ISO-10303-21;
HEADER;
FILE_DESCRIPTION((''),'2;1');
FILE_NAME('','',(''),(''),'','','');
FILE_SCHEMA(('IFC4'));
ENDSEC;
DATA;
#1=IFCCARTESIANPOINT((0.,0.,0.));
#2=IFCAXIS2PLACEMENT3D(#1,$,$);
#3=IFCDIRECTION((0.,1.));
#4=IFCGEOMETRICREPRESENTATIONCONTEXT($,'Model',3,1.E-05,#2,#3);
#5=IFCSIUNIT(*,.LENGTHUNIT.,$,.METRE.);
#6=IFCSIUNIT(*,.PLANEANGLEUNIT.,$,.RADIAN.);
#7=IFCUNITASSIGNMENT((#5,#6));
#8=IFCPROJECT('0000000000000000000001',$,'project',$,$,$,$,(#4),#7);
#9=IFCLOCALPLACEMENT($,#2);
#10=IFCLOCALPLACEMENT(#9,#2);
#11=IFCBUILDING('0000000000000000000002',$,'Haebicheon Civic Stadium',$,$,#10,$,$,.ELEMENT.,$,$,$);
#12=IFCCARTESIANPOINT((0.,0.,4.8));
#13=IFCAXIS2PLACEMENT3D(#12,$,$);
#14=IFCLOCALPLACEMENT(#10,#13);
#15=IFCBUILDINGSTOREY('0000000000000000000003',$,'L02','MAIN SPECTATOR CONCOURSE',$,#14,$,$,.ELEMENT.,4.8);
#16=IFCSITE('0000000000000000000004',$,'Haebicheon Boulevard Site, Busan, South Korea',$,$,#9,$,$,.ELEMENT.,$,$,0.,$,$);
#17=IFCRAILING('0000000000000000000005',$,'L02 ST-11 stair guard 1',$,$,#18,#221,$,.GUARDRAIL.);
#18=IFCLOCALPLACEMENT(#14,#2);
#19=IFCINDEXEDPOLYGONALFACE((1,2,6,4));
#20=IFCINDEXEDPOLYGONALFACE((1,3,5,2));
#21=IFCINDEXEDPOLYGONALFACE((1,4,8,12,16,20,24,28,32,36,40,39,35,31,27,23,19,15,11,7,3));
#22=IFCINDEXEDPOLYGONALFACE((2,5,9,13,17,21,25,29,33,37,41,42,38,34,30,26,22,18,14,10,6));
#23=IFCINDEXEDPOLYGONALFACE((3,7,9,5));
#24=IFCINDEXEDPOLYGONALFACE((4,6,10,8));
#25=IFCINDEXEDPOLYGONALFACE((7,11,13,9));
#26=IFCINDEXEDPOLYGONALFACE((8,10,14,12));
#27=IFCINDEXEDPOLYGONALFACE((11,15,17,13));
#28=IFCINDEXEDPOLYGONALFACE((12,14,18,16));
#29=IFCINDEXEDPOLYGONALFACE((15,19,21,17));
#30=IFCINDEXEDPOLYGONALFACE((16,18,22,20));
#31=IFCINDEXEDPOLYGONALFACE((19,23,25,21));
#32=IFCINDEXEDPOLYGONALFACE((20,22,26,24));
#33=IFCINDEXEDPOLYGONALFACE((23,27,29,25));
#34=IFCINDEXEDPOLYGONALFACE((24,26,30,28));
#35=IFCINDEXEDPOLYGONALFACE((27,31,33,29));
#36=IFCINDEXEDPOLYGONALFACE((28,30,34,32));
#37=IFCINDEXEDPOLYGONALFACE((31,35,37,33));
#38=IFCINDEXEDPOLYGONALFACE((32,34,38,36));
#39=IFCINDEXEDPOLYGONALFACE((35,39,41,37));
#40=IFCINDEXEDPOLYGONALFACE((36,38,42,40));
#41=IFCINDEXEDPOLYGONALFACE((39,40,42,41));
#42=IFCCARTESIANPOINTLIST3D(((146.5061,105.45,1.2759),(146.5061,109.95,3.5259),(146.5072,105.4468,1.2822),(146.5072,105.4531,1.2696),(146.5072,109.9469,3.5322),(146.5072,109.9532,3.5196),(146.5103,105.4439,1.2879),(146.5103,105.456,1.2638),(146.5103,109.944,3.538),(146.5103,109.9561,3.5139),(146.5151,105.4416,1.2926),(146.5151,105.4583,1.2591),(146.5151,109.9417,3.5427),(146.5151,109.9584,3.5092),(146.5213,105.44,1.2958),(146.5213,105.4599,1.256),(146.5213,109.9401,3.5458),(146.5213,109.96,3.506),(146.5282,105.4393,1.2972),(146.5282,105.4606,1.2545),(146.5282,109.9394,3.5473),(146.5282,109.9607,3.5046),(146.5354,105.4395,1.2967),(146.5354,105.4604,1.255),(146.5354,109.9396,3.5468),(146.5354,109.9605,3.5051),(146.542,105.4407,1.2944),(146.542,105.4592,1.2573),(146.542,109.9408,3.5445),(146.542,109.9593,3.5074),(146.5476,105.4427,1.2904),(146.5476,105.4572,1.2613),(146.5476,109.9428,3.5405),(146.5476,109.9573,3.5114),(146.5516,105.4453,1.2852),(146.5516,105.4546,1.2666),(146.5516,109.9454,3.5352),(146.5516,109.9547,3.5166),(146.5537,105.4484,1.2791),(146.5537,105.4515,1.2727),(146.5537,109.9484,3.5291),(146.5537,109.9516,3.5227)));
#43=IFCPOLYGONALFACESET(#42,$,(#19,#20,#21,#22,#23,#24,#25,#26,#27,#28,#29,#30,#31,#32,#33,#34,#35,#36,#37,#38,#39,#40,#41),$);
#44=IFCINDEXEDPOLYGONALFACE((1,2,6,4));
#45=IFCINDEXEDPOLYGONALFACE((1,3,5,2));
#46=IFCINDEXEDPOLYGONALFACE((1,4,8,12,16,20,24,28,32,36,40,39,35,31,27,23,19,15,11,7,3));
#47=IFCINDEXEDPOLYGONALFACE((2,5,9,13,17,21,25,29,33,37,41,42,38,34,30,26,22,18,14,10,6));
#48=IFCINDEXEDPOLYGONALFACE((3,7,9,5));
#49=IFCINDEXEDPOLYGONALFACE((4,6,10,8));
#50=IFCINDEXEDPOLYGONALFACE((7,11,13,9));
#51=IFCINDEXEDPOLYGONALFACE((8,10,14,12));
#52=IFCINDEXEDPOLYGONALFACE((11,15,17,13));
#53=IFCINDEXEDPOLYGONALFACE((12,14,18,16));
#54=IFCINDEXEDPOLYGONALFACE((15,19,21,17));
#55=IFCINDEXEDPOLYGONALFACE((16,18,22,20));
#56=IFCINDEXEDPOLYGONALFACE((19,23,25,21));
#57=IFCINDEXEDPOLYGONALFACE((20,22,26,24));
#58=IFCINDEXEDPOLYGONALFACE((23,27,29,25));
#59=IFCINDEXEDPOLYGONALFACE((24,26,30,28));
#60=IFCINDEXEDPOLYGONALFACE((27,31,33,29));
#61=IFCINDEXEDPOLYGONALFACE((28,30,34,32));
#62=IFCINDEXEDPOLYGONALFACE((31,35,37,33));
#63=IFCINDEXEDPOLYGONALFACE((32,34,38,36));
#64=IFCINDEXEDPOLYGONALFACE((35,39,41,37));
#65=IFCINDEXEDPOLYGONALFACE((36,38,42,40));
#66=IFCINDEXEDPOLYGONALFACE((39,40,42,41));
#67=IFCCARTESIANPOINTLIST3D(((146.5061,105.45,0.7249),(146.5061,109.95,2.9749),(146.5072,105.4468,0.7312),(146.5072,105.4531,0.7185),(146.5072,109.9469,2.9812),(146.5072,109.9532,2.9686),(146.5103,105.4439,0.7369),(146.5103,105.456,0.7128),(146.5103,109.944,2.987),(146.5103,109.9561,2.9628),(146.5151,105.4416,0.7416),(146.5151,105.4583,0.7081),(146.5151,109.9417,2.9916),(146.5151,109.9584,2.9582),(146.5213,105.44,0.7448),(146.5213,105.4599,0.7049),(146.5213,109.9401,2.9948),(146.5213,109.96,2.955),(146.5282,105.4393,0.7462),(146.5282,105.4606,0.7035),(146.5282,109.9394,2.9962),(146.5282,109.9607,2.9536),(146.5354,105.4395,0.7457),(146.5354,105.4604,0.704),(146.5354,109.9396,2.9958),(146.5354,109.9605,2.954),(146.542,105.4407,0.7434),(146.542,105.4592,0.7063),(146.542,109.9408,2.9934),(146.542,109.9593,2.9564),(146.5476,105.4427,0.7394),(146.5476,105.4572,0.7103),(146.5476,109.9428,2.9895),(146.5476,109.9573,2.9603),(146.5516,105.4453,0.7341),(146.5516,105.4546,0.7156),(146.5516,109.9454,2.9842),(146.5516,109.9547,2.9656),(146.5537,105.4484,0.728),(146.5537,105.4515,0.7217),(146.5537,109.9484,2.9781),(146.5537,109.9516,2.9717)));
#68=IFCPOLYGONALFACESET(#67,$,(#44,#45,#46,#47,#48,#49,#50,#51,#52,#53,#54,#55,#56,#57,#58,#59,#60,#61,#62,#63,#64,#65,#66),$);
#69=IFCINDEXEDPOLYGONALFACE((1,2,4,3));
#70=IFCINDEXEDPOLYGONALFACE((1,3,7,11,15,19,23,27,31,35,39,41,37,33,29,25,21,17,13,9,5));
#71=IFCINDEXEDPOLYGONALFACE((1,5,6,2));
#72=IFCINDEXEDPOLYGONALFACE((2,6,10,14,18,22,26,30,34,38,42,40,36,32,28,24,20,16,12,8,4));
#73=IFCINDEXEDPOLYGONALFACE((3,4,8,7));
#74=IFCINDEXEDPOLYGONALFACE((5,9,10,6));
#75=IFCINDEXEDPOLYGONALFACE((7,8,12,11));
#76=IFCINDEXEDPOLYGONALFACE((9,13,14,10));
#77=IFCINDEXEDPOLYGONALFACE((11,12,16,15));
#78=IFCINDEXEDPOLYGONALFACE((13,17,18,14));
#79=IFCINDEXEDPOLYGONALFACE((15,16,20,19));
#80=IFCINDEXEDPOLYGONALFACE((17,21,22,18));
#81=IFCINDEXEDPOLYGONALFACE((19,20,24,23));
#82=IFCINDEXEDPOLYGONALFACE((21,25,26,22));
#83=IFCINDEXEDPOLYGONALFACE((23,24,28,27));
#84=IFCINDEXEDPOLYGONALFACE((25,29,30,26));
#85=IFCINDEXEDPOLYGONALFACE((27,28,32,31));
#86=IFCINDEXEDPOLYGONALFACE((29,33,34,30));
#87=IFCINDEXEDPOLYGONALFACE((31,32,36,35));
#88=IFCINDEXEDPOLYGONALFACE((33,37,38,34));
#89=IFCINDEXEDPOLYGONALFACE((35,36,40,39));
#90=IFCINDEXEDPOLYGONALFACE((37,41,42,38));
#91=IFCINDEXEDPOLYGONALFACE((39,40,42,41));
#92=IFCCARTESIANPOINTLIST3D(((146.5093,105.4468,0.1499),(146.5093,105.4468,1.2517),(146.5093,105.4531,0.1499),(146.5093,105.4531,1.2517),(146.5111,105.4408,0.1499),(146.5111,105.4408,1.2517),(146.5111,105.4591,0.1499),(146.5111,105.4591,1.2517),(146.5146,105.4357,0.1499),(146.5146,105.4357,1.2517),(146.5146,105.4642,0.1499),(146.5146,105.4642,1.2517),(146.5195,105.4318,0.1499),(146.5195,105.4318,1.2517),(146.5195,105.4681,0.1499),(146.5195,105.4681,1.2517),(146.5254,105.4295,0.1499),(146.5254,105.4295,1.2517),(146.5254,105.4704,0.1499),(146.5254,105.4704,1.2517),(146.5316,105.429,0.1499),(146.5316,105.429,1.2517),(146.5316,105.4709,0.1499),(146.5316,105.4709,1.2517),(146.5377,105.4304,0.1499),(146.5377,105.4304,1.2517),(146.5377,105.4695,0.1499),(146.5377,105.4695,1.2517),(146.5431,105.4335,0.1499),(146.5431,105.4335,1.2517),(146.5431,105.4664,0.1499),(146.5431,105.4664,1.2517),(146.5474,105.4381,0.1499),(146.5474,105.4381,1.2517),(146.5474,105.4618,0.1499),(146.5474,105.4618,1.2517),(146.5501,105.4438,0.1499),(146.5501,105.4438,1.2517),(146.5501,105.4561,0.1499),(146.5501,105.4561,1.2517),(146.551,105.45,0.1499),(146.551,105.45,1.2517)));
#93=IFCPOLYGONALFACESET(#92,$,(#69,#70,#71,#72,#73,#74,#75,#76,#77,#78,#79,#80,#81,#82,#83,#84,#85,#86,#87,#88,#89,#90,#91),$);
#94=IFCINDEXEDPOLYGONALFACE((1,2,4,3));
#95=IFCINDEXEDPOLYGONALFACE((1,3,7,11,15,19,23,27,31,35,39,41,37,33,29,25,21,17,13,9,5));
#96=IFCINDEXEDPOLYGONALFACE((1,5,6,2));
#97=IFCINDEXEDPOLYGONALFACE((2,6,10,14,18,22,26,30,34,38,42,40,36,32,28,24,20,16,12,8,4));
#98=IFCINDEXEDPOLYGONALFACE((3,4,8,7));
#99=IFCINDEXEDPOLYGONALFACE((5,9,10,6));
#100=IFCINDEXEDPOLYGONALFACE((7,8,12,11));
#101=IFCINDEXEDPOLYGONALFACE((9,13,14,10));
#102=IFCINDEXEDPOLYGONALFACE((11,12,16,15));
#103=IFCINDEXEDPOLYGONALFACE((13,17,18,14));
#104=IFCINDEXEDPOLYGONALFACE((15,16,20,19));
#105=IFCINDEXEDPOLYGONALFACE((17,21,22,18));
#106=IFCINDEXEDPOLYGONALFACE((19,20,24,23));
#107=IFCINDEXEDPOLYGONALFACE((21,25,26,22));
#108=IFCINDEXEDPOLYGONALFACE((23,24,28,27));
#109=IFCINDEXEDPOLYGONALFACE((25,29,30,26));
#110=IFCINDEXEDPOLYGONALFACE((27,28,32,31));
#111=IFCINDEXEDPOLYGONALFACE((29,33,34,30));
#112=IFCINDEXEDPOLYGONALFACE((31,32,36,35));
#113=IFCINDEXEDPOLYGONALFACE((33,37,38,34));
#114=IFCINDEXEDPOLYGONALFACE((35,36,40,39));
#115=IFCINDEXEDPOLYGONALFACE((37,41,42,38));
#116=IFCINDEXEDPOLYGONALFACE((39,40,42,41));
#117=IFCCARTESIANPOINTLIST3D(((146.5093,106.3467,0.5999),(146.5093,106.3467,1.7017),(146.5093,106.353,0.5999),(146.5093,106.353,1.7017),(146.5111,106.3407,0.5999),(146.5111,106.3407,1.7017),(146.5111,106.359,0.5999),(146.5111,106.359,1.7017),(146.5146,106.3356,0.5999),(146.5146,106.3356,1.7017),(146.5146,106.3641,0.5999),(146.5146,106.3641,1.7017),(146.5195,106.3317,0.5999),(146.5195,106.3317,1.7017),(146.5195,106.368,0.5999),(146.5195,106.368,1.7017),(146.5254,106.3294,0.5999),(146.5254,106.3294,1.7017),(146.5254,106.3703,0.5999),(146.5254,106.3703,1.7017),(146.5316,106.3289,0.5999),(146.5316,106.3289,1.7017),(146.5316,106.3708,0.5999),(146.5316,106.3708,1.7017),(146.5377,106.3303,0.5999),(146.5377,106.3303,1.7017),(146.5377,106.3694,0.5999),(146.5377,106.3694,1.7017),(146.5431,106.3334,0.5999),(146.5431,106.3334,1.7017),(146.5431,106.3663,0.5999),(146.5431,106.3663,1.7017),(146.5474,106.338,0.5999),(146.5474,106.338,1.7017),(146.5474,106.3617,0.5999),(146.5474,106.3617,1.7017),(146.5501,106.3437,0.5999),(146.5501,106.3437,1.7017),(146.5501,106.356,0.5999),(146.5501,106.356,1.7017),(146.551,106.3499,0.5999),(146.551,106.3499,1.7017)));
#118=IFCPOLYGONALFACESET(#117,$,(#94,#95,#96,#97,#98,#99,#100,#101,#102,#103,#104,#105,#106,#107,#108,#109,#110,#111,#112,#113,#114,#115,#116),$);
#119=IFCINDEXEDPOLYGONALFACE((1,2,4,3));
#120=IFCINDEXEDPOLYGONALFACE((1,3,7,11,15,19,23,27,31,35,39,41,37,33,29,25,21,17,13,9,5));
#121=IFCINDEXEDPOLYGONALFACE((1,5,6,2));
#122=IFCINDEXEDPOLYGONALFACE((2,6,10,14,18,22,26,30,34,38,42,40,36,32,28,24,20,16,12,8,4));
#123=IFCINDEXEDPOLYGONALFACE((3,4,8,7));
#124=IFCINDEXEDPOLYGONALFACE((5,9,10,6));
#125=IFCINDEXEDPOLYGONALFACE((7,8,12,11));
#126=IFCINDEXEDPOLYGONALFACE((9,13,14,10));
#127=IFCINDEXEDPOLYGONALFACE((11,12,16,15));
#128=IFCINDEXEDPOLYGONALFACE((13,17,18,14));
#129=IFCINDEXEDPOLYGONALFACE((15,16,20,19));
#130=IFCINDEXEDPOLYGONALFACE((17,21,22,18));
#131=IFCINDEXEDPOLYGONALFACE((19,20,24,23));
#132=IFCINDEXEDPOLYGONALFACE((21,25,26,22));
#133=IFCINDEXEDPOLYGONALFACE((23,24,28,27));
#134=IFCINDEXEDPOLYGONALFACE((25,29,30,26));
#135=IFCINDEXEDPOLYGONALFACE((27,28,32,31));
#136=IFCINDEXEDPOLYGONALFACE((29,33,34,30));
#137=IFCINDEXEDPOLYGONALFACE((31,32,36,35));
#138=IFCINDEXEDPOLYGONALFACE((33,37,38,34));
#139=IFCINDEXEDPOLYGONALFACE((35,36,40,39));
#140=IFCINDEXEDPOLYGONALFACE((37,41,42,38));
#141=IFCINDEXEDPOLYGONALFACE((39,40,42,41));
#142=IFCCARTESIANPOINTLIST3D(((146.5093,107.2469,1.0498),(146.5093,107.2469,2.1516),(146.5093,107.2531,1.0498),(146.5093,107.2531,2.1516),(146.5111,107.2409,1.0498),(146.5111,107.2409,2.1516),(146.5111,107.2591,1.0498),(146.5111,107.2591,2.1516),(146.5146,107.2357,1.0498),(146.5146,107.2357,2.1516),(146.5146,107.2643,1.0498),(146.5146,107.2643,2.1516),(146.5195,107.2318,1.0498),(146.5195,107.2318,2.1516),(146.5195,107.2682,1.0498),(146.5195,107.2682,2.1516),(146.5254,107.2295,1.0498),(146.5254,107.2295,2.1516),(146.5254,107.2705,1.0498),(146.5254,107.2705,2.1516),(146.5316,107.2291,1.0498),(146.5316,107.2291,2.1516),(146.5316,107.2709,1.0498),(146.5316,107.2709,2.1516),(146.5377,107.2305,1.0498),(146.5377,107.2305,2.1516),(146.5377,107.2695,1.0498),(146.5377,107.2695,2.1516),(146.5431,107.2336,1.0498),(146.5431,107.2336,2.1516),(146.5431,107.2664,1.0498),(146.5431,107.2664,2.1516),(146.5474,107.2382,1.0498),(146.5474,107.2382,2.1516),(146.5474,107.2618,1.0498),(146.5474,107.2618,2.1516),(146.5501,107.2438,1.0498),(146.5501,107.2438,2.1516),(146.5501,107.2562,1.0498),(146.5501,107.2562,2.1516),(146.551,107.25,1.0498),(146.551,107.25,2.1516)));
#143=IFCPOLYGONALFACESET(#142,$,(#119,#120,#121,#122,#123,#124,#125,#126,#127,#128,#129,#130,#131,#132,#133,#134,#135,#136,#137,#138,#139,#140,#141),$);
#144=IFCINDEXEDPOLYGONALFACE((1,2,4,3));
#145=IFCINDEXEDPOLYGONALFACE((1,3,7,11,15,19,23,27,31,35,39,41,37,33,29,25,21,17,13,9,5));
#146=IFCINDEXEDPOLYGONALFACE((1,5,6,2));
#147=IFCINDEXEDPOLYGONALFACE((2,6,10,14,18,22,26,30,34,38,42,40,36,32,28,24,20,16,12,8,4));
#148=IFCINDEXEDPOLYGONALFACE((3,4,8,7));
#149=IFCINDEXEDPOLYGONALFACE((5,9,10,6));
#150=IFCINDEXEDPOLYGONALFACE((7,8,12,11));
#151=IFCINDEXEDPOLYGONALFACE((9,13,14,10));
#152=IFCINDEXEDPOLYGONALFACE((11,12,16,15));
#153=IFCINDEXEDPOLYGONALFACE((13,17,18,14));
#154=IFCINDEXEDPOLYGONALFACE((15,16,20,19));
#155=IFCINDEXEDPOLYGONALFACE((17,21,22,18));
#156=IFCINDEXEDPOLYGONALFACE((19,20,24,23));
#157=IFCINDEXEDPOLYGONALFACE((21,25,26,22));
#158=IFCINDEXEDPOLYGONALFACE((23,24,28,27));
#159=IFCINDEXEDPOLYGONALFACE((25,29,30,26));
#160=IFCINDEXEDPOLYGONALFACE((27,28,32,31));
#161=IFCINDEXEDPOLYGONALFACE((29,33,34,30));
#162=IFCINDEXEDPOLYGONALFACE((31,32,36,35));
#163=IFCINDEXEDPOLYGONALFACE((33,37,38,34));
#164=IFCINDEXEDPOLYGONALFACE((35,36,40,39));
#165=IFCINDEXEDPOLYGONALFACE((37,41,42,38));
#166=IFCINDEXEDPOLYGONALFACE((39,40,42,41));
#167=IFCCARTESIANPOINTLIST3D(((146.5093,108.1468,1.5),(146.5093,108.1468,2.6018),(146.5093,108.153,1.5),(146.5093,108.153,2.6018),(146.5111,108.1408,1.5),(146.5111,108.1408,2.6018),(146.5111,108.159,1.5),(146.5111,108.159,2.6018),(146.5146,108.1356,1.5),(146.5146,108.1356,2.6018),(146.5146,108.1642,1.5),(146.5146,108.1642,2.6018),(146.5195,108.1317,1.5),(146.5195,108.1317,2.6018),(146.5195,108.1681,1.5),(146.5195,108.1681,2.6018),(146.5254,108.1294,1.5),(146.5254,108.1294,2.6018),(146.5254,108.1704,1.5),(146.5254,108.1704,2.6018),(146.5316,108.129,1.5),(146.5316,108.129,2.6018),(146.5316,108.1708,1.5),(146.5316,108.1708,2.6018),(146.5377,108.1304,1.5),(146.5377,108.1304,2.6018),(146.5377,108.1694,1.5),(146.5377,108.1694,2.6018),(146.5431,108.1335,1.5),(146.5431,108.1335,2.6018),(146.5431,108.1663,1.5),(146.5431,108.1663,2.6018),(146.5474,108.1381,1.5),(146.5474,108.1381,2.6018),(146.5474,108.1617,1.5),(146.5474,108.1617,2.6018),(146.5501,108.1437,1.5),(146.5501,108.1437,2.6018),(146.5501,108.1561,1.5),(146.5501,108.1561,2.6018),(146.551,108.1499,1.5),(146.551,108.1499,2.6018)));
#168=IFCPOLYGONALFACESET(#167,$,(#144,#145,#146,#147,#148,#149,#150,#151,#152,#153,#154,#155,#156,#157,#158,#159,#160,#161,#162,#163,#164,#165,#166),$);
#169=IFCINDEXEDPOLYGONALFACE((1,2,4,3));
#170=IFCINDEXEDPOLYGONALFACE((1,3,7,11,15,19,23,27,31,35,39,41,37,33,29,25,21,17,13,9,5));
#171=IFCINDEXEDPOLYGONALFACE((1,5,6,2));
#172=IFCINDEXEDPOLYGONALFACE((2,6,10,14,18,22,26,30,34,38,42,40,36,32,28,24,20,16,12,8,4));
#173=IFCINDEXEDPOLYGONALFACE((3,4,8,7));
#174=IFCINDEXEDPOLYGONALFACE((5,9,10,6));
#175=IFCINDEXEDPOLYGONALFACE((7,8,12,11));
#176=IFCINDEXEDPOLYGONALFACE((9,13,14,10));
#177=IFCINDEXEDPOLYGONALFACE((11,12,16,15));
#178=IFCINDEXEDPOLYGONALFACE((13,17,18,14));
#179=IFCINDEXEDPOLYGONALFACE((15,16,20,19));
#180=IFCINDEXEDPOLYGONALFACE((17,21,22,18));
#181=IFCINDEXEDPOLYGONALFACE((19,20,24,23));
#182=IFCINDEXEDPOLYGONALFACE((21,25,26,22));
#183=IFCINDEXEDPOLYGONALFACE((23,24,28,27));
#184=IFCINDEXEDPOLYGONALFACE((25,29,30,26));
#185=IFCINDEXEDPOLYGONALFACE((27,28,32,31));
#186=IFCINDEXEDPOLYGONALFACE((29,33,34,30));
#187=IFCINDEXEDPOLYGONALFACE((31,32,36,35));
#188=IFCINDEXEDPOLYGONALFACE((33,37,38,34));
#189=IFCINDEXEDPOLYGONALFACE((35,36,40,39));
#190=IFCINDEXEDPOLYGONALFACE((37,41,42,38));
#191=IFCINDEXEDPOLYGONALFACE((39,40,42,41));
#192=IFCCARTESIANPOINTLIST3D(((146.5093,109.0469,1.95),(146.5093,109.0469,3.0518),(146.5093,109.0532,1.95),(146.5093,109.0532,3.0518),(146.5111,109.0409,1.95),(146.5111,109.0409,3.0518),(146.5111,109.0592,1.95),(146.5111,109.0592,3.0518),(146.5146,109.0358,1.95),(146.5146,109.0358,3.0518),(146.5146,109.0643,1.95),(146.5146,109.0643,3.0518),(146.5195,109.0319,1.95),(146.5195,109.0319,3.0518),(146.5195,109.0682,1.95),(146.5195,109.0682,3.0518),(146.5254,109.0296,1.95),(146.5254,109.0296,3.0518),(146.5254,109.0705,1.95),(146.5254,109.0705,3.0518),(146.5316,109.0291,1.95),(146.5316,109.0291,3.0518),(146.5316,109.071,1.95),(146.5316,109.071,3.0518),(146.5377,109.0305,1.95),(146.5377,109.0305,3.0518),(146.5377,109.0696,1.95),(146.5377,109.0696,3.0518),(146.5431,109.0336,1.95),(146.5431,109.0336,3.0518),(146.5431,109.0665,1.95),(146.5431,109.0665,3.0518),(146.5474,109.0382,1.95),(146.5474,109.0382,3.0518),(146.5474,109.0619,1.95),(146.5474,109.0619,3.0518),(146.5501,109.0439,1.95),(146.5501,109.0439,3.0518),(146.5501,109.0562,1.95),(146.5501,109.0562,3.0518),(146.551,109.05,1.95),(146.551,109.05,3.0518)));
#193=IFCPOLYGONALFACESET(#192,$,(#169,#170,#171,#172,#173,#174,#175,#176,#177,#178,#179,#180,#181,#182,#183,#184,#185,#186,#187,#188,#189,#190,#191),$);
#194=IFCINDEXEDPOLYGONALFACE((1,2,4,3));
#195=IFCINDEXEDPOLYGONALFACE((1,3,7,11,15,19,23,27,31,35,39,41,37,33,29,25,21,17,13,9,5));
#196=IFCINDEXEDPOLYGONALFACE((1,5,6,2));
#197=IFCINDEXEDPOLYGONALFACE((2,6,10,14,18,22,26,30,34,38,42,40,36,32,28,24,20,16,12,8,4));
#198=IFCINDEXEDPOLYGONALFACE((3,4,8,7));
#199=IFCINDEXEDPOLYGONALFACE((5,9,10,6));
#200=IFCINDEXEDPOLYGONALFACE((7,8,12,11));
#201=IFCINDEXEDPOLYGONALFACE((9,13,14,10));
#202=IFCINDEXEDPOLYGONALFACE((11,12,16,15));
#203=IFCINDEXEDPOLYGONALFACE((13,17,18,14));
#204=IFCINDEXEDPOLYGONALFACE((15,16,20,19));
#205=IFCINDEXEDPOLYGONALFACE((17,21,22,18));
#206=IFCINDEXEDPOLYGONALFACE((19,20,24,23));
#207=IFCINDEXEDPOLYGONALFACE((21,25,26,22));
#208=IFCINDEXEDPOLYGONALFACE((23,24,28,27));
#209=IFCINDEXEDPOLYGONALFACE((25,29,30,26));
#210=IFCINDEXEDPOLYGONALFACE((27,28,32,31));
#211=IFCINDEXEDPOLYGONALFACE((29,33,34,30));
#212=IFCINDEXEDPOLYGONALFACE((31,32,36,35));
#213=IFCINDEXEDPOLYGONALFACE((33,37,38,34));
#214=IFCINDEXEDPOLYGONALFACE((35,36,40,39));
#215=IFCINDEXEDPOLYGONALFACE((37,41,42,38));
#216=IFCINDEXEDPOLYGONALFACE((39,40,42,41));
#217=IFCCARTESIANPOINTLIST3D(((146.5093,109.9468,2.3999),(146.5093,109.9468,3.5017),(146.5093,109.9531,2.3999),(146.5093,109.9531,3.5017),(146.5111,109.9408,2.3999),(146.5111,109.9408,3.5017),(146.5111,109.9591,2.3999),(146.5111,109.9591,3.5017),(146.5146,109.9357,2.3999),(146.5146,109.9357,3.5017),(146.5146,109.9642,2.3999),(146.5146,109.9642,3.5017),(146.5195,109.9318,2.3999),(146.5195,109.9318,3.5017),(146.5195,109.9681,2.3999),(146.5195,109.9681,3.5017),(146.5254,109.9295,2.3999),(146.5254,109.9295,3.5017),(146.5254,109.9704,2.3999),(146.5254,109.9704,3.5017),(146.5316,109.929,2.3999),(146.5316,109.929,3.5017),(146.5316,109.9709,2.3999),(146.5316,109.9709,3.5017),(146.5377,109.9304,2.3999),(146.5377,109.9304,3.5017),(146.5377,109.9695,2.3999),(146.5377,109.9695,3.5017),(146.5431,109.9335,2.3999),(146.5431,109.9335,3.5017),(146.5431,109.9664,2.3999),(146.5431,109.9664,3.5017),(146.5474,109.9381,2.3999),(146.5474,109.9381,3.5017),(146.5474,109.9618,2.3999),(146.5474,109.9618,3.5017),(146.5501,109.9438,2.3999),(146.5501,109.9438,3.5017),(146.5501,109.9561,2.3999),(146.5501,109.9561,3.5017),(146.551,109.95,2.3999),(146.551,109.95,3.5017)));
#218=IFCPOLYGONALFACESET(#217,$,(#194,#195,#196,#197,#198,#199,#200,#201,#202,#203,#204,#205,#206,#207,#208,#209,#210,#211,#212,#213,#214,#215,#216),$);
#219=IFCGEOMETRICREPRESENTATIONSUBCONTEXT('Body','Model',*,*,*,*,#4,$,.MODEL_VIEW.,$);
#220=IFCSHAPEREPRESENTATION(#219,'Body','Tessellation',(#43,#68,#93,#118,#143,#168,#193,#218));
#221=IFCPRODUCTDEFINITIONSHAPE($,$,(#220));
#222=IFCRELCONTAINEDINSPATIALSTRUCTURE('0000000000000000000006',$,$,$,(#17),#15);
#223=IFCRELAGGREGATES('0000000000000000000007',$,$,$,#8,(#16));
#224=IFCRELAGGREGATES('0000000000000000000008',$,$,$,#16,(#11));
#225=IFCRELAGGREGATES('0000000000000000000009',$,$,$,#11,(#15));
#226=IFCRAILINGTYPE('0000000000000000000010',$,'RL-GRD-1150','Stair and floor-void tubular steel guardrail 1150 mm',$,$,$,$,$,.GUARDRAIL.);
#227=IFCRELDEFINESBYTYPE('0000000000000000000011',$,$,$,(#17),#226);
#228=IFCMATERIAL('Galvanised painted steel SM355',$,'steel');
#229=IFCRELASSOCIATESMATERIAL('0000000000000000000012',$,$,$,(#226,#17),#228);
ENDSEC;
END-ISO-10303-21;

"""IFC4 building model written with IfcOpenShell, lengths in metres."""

from ifc_helpers import new_model, si_unit, direction, frame, origin, origin_2d, place, context, subcontext, project, spatial, circle, extrude, material, type_object, element, save


model = new_model("IFC4")

# Units and contexts
model_context = context("Model", 3, precision=1e-05, world=origin(), true_north=direction((0.0, 1.0)))
body_context = subcontext(model_context, "Body", "Model", "MODEL_VIEW")
ifc_project = project(units=[si_unit("LENGTHUNIT", "METRE"), si_unit("PLANEANGLEUNIT", "RADIAN")], contexts=[model_context])

# Site, building, storey
site_placement = place(None, origin())
site = spatial("IfcSite", under=ifc_project, at=site_placement, Name="Haebicheon Boulevard Site, Busan, South Korea", CompositionType="ELEMENT", RefElevation=0.0)
building_placement = place(site_placement, origin())
building = spatial("IfcBuilding", under=site, at=building_placement, Name="Haebicheon Civic Stadium", CompositionType="ELEMENT")
storey_placement = place(building_placement, frame((0.0, 0.0, 4.8)))
storey = spatial("IfcBuildingStorey", under=building, at=storey_placement, Name="L02", Description="MAIN SPECTATOR CONCOURSE", CompositionType="ELEMENT", Elevation=4.8)

# Railing
ifc_material_1 = material(Name="Galvanised painted steel SM355", Category="steel")
railing_type_1 = type_object("IfcRailingType", Name="RL-GRD-1150", Description="Stair and floor-void tubular steel guardrail 1150 mm", PredefinedType="GUARDRAIL", material=ifc_material_1)
railing_1_placement = place(storey_placement, frame((146.53, 105.45, 0.1499)))
element("IfcRailing", 1, at=railing_1_placement, inside=storey, type_object=railing_type_1, material=ifc_material_1, Name="L02 ST-11 stair guard 1", PredefinedType="GUARDRAIL", context=body_context, shape_type="SweptSolid", body=[
    extrude(circle(Radius=0.0239, at=origin_2d()), frame((0.0, 0.0, 1.126), z_axis=(0.0, 0.894427, 0.447214), x_axis=(-1.0, 0.0, 0.0)), (0.0, 0.0, 1.0), 5.0312),
    extrude(circle(Radius=0.0239, at=origin_2d()), frame((0.0, 0.0, 0.575), z_axis=(0.0, 0.894427, 0.447214), x_axis=(-1.0, 0.0, 0.0)), (0.0, 0.0, 1.0), 5.0312),
    extrude(circle(Radius=0.021, at=origin_2d()), origin(), (0.0, 0.0, 1.0), 1.1018),
    extrude(circle(Radius=0.021, at=origin_2d()), frame((0.0, 0.8999, 0.45)), (0.0, 0.0, 1.0), 1.1018),
    extrude(circle(Radius=0.021, at=origin_2d()), frame((0.0, 1.8, 0.8999)), (0.0, 0.0, 1.0), 1.1018),
    extrude(circle(Radius=0.021, at=origin_2d()), frame((0.0, 2.7, 1.3501)), (0.0, 0.0, 1.0), 1.1018),
    extrude(circle(Radius=0.021, at=origin_2d()), frame((0.0, 3.6001, 1.8)), (0.0, 0.0, 1.0), 1.1018),
    extrude(circle(Radius=0.021, at=origin_2d()), frame((0.0, 4.5, 2.25)), (0.0, 0.0, 1.0), 1.1018),
])

save(model, "model.ifc")
